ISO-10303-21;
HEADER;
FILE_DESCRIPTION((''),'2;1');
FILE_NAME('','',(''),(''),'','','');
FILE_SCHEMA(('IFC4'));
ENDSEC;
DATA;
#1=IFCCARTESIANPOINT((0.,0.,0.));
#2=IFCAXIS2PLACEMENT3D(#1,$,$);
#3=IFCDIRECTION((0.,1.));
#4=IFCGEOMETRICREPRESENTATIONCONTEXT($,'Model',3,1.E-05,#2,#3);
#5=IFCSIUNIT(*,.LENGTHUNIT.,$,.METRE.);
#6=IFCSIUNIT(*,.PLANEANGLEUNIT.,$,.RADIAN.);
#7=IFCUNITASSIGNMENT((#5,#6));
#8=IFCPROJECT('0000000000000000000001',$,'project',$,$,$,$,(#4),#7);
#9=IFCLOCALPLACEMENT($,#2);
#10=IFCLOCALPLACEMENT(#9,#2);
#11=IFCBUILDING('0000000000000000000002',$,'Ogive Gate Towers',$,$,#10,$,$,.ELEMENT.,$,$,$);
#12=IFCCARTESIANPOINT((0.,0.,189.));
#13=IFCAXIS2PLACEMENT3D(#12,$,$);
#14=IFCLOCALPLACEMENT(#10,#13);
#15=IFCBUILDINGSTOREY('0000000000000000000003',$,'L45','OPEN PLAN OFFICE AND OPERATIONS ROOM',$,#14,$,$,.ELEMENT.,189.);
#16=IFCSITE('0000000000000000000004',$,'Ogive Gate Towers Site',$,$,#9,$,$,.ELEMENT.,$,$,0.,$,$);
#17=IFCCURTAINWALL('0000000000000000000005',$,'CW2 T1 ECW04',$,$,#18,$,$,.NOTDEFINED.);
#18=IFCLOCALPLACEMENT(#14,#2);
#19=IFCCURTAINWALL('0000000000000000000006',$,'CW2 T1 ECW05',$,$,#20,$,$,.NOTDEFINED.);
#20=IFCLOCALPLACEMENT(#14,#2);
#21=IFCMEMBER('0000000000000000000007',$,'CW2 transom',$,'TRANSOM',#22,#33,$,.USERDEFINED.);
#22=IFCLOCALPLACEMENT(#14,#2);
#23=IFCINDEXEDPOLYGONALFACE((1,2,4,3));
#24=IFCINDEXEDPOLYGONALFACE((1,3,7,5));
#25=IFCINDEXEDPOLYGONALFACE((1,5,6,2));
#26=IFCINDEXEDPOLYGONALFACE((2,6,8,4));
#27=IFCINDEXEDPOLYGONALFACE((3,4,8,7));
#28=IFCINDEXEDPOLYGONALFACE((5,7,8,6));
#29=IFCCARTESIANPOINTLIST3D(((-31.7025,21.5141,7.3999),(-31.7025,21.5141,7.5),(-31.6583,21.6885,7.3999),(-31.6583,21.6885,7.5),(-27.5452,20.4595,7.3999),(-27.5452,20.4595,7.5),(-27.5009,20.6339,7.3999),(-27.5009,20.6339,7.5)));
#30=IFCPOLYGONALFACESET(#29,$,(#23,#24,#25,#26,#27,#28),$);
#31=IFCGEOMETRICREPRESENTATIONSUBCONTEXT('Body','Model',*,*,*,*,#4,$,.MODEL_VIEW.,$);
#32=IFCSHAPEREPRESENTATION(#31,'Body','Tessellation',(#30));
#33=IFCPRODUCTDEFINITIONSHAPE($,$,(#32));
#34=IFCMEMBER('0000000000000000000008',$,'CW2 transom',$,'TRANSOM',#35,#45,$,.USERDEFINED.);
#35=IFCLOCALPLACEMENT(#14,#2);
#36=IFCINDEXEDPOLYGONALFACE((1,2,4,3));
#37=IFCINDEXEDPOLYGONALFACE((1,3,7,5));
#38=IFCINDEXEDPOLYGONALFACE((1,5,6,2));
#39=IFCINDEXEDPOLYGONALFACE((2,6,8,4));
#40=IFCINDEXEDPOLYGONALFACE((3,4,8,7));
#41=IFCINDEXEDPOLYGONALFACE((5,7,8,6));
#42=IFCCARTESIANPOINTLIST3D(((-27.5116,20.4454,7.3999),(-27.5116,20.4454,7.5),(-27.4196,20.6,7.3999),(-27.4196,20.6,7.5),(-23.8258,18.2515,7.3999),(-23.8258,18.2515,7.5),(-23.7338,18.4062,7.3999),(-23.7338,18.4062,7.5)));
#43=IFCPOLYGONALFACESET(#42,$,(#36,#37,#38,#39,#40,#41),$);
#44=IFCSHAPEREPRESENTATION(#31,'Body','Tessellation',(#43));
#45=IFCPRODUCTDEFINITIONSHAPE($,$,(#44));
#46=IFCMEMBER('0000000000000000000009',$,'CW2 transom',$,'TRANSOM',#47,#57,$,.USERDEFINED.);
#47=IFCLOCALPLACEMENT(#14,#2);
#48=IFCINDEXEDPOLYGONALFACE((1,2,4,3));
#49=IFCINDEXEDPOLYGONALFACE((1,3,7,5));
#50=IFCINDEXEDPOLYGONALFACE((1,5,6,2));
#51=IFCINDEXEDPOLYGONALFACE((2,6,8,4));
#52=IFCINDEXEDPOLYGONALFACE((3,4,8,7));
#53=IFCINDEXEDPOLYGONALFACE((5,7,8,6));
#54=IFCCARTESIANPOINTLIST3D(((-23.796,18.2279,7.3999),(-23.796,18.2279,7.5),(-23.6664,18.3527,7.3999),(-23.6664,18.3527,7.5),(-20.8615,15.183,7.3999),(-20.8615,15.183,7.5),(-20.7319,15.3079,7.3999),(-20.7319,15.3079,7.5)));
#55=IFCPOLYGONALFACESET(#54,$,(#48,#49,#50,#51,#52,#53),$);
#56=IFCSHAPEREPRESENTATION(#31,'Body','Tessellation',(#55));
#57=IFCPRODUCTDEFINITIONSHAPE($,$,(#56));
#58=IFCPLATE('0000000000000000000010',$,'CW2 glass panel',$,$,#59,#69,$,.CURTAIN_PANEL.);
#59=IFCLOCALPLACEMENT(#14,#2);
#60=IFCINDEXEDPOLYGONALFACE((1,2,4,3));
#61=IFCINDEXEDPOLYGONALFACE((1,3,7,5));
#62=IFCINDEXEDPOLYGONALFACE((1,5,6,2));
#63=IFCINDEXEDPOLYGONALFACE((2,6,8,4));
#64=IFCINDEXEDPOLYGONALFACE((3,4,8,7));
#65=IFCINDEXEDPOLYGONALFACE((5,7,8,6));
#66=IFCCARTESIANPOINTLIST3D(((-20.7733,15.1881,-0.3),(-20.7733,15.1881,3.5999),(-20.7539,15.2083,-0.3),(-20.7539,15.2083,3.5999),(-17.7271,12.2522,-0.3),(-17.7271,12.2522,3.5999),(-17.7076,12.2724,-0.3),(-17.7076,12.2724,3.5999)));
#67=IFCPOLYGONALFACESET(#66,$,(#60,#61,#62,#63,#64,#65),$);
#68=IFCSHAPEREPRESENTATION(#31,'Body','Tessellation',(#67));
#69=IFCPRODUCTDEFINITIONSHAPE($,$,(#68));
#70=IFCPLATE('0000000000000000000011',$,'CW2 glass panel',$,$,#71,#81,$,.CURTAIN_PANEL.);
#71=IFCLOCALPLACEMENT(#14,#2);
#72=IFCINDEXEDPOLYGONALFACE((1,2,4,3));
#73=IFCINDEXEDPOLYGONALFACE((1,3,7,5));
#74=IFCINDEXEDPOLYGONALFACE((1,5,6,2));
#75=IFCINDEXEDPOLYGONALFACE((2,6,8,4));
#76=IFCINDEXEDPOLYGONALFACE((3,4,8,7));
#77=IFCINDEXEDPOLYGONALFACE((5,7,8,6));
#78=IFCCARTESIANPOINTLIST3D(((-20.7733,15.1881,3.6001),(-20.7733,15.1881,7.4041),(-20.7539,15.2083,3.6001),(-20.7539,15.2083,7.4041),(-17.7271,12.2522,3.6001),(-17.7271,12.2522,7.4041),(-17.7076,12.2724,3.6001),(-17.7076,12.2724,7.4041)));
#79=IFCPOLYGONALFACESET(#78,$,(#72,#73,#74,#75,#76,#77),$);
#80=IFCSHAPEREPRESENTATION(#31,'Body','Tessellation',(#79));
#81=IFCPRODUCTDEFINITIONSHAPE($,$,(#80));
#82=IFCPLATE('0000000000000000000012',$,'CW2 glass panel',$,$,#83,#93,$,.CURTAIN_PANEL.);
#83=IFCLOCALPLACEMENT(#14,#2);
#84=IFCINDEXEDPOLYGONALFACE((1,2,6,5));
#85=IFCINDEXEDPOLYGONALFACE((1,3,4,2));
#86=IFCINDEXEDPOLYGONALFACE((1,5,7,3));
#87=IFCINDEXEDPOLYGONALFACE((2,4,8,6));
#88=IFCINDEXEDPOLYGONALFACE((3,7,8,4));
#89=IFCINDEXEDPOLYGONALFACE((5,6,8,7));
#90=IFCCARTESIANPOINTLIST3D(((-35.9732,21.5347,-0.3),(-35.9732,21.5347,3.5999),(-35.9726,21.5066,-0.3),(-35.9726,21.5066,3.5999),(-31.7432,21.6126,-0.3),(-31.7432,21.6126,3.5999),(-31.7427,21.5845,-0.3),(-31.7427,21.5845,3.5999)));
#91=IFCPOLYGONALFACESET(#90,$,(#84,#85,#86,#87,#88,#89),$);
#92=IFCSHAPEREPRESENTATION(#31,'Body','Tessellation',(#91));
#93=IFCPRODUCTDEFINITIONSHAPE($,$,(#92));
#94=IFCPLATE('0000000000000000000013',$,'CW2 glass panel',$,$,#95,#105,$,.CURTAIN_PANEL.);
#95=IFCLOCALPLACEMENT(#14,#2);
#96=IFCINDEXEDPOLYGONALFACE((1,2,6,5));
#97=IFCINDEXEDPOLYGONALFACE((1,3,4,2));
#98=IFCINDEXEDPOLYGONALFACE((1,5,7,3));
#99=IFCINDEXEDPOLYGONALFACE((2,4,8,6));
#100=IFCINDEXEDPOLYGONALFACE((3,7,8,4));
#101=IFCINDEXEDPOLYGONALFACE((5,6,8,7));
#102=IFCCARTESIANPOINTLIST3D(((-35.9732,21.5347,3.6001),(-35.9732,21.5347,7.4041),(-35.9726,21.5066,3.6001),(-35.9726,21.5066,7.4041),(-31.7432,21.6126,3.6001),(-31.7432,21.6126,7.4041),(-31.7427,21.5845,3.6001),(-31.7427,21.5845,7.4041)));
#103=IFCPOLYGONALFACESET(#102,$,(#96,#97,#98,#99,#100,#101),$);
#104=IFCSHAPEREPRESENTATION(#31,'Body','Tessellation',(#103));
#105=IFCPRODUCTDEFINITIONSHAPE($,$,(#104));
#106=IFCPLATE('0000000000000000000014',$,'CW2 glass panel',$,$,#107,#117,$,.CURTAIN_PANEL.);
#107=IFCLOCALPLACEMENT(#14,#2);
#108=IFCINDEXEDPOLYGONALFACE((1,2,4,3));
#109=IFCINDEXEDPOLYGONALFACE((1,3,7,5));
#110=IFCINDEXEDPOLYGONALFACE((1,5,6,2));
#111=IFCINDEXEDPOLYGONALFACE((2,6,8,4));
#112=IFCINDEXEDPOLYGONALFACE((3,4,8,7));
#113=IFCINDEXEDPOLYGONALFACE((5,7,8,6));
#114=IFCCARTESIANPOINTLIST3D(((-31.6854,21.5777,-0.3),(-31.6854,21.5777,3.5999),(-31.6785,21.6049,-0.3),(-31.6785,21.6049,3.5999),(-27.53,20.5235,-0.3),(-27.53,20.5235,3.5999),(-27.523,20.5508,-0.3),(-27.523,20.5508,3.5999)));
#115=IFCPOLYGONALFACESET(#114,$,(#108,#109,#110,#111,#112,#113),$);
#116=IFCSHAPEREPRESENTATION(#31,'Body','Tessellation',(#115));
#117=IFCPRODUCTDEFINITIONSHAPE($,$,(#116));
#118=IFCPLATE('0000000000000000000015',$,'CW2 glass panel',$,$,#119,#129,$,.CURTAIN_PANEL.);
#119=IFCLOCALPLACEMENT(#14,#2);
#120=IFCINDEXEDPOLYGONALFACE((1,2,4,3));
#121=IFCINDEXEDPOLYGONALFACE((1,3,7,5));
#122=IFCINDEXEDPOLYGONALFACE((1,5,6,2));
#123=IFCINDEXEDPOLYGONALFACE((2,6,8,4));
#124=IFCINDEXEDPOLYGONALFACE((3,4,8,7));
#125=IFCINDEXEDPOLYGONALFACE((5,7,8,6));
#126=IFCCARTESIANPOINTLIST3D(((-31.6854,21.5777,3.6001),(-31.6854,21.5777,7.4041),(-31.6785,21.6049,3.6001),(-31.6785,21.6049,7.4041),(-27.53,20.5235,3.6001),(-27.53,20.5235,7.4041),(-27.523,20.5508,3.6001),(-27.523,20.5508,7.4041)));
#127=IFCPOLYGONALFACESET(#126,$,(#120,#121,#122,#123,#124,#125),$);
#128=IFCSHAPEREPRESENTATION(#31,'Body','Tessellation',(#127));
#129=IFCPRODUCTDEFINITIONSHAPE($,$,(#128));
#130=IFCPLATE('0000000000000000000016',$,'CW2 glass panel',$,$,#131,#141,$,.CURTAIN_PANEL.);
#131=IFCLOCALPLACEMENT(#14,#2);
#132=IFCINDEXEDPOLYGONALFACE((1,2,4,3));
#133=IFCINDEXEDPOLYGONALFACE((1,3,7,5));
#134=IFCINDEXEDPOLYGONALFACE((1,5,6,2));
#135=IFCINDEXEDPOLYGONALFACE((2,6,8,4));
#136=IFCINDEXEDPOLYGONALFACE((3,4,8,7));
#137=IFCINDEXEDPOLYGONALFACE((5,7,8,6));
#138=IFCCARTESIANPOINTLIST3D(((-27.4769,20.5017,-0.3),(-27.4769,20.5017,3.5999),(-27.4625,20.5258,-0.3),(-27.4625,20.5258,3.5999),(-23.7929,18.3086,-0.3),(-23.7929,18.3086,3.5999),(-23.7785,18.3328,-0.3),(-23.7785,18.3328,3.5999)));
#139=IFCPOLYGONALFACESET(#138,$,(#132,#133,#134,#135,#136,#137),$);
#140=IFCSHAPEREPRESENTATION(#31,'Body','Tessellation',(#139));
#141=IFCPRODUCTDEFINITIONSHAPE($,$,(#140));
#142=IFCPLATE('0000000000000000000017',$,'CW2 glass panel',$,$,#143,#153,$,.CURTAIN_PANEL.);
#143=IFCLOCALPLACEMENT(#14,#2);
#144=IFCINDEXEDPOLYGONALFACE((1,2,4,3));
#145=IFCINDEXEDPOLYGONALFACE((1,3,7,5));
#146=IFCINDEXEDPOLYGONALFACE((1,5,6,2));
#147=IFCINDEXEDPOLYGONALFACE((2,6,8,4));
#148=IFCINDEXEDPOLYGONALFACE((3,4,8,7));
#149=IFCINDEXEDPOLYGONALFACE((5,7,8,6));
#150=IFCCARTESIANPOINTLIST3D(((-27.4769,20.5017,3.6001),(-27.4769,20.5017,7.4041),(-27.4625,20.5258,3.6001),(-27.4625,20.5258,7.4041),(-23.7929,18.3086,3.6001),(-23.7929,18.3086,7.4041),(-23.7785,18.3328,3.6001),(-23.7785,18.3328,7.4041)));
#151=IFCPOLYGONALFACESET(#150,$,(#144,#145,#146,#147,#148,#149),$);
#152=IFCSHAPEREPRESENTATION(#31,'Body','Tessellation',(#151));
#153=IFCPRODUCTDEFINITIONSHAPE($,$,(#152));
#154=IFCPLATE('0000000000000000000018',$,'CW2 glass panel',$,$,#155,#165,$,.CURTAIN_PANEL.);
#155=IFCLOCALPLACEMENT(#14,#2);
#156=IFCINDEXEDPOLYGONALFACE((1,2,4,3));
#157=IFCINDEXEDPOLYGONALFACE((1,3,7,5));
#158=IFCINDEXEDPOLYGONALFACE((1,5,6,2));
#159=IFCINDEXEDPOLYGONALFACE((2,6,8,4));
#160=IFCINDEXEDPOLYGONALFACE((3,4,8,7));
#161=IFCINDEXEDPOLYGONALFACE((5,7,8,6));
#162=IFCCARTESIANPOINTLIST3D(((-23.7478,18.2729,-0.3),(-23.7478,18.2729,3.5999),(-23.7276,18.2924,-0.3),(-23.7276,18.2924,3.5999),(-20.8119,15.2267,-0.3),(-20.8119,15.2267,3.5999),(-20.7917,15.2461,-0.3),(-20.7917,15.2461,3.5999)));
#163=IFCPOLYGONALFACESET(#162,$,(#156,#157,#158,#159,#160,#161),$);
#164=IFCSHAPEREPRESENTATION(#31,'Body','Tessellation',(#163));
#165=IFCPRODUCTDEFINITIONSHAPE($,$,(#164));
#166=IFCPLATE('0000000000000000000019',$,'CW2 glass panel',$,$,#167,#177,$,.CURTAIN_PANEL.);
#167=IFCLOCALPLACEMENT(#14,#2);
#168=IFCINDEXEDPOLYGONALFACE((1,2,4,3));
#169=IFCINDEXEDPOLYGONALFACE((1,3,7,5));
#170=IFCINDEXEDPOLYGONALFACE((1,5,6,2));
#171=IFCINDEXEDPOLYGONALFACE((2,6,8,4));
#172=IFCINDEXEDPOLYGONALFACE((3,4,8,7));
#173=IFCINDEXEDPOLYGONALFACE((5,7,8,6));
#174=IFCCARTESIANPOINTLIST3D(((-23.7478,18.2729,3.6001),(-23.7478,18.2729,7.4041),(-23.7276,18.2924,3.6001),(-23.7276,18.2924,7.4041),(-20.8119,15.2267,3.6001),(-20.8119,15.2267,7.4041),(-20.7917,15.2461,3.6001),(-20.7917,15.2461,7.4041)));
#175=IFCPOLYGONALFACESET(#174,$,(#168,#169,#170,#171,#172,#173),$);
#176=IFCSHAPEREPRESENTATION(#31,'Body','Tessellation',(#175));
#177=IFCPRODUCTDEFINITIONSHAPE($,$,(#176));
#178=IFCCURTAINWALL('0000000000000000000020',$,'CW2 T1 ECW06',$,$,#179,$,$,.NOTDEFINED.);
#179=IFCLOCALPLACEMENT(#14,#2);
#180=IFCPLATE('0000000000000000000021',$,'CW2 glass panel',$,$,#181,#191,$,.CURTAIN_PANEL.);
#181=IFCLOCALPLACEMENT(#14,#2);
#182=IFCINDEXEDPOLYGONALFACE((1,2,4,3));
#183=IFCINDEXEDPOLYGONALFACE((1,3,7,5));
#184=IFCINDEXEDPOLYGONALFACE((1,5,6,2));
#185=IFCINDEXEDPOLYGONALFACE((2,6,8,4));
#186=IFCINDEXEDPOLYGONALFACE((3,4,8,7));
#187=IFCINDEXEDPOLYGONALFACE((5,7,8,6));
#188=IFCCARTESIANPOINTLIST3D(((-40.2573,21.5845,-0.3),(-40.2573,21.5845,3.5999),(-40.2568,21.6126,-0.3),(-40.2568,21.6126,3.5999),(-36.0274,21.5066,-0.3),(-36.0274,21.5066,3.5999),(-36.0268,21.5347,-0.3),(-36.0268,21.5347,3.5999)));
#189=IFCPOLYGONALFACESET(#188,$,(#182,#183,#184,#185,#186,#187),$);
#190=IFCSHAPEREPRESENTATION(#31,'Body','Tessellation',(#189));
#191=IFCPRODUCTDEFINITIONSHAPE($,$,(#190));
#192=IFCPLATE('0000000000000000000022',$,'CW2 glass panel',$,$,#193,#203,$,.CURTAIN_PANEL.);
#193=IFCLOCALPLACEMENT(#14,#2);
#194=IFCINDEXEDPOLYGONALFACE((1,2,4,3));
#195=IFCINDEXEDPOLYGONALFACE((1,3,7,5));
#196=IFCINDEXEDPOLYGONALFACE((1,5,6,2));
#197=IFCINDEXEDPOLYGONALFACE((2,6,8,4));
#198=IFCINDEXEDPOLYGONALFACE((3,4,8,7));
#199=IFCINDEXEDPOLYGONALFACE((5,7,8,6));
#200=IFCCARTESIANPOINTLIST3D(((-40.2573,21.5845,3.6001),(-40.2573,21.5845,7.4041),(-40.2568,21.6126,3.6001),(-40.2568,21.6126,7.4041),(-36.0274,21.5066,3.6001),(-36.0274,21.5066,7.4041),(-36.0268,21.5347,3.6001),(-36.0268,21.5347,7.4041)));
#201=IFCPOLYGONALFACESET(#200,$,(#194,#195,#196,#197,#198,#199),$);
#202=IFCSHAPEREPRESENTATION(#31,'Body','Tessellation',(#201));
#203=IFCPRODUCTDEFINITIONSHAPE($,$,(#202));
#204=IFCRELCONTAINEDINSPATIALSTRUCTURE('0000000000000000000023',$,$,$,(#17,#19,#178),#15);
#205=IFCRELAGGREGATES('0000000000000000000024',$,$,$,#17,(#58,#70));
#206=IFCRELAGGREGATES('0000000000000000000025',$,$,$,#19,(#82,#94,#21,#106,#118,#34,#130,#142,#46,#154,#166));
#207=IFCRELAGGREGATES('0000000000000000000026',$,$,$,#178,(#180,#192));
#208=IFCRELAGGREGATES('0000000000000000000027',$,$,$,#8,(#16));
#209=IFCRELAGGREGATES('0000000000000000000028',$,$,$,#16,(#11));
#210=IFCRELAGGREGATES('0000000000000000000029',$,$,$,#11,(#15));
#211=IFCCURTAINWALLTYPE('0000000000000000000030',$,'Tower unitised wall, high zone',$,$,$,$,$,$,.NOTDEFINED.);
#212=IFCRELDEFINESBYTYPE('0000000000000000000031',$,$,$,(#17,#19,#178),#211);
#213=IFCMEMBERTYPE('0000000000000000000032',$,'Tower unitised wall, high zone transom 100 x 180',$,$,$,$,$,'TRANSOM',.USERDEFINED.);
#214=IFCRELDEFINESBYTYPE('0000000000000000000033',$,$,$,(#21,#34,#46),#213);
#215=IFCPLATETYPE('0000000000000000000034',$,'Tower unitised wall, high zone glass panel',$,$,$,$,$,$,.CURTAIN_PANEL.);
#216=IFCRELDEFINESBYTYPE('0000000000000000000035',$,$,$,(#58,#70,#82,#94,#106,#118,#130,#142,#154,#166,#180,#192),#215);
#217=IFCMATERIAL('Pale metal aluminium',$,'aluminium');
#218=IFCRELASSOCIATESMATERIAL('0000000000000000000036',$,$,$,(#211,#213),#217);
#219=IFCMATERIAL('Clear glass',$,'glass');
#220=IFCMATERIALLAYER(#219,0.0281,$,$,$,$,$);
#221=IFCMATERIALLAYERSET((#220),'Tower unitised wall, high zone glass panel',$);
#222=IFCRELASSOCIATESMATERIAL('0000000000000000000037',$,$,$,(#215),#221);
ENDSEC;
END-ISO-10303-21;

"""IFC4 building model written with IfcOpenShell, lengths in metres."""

from ifc_helpers import new_model, si_unit, direction, frame, origin, origin_2d, place, context, subcontext, project, spatial, rectangle, extrude, material, layer, layer_set, material_profile, profile_set, type_object, element, aggregate, save


model = new_model("IFC4")

# Units and contexts
model_context = context("Model", 3, precision=1e-05, world=origin(), true_north=direction((0.0, 1.0)))
body_context = subcontext(model_context, "Body", "Model", "MODEL_VIEW")
ifc_project = project(units=[si_unit("LENGTHUNIT", "METRE"), si_unit("PLANEANGLEUNIT", "RADIAN")], contexts=[model_context])

# Site, building, storey
site_placement = place(None, origin())
site = spatial("IfcSite", under=ifc_project, at=site_placement, Name="Ogive Gate Towers Site", CompositionType="ELEMENT", RefElevation=0.0)
building_placement = place(site_placement, origin())
building = spatial("IfcBuilding", under=site, at=building_placement, Name="Ogive Gate Towers", CompositionType="ELEMENT")
storey_placement = place(building_placement, frame((0.0, 0.0, 189.0)))
storey = spatial("IfcBuildingStorey", under=building, at=storey_placement, Name="L45", Description="OPEN PLAN OFFICE AND OPERATIONS ROOM", CompositionType="ELEMENT", Elevation=189.0)

# Curtain walls
ifc_material_1 = material(Name="Pale metal aluminium", Category="aluminium")
curtain_wall_type = type_object("IfcCurtainWallType", Name="Tower unitised wall, high zone", PredefinedType="NOTDEFINED", material=ifc_material_1)
curtain_wall_1_placement = place(storey_placement, origin())
curtain_wall_1 = element("IfcCurtainWall", 1, at=curtain_wall_1_placement, inside=storey, type_object=curtain_wall_type, Name="CW2 T1 ECW04", PredefinedType="NOTDEFINED")
curtain_wall_2_placement = place(storey_placement, origin())
curtain_wall_2 = element("IfcCurtainWall", 2, at=curtain_wall_2_placement, inside=storey, type_object=curtain_wall_type, Name="CW2 T1 ECW05", PredefinedType="NOTDEFINED")

# Members
ifc_material_profile_1 = material_profile(ifc_material_1, rectangle(XDim=0.1799, YDim=0.1001, at=origin_2d()), Name="100 x 180 aluminium box")
ifc_profile_set_1 = profile_set([ifc_material_profile_1], Name="Pale metal aluminium")
member_type_1 = type_object("IfcMemberType", Name="Tower unitised wall, high zone transom 100 x 180", ElementType="TRANSOM", PredefinedType="USERDEFINED", material=ifc_profile_set_1)
member_1_placement = place(storey_placement, frame((-31.6804, 21.6013, 7.45), z_axis=(0.969296, -0.245896, 0.0), x_axis=(0.245896, 0.969296, 0.0)))
member_1 = element("IfcMember", 3, at=member_1_placement, type_object=member_type_1, Name="CW2 transom", ObjectType="TRANSOM", PredefinedType="USERDEFINED", context=body_context, shape_type="SweptSolid", body=[
    extrude(rectangle(XDim=0.1799, YDim=0.1001, at=origin_2d()), origin(), (0.0, 0.0, 1.0), 4.2891),
])
member_2_placement = place(storey_placement, frame((-27.4656, 20.5227, 7.45), z_axis=(0.859301, -0.511471, 0.0), x_axis=(0.511471, 0.859301, 0.0)))
member_2 = element("IfcMember", 4, at=member_2_placement, type_object=member_type_1, Name="CW2 transom", ObjectType="TRANSOM", PredefinedType="USERDEFINED", context=body_context, shape_type="SweptSolid", body=[
    extrude(rectangle(XDim=0.1799, YDim=0.1001, at=origin_2d()), origin(), (0.0, 0.0, 1.0), 4.2893),
])
member_3_placement = place(storey_placement, frame((-23.7312, 18.2903, 7.45), z_axis=(0.693939, -0.720034, 0.0), x_axis=(0.720034, 0.693939, 0.0)))
member_3 = element("IfcMember", 5, at=member_3_placement, type_object=member_type_1, Name="CW2 transom", ObjectType="TRANSOM", PredefinedType="USERDEFINED", context=body_context, shape_type="SweptSolid", body=[
    extrude(rectangle(XDim=0.1799, YDim=0.1001, at=origin_2d()), origin(), (0.0, 0.0, 1.0), 4.2288),
])

# Plates
ifc_material_2 = material(Name="Clear glass", Category="glass")
ifc_layer_1 = layer(ifc_material_2, 0.0281)
ifc_layer_set_1 = layer_set([ifc_layer_1], Name="Tower unitised wall, high zone glass panel")
plate_type = type_object("IfcPlateType", Name="Tower unitised wall, high zone glass panel", PredefinedType="CURTAIN_PANEL", material=ifc_layer_set_1)
plate_1_placement = place(storey_placement, frame((-19.2405, 13.7302, -0.3), z_axis=(0.0, 0.0, 1.0), x_axis=(0.720031, -0.693942, 0.0)))
plate_1 = element("IfcPlate", 6, at=plate_1_placement, type_object=plate_type, Name="CW2 glass panel", PredefinedType="CURTAIN_PANEL", context=body_context, shape_type="SweptSolid", body=[
    extrude(rectangle(XDim=4.2307, YDim=0.0281, at=origin_2d()), origin(), (0.0, 0.0, 1.0), 3.8999),
])
plate_2_placement = place(storey_placement, frame((-19.2405, 13.7302, 3.6001), z_axis=(0.0, 0.0, 1.0), x_axis=(0.720031, -0.693942, 0.0)))
plate_2 = element("IfcPlate", 7, at=plate_2_placement, type_object=plate_type, Name="CW2 glass panel", PredefinedType="CURTAIN_PANEL", context=body_context, shape_type="SweptSolid", body=[
    extrude(rectangle(XDim=4.2307, YDim=0.0281, at=origin_2d()), origin(), (0.0, 0.0, 1.0), 3.804),
])
aggregate(curtain_wall_1, [plate_1, plate_2])
plate_3_placement = place(storey_placement, frame((-33.8579, 21.5596, -0.3), z_axis=(0.0, 0.0, 1.0), x_axis=(0.99983, 0.018412, 0.0)))
plate_3 = element("IfcPlate", 8, at=plate_3_placement, type_object=plate_type, Name="CW2 glass panel", PredefinedType="CURTAIN_PANEL", context=body_context, shape_type="SweptSolid", body=[
    extrude(rectangle(XDim=4.2307, YDim=0.0281, at=origin_2d()), origin(), (0.0, 0.0, 1.0), 3.8999),
])
plate_4_placement = place(storey_placement, frame((-33.8579, 21.5596, 3.6001), z_axis=(0.0, 0.0, 1.0), x_axis=(0.99983, 0.018412, 0.0)))
plate_4 = element("IfcPlate", 9, at=plate_4_placement, type_object=plate_type, Name="CW2 glass panel", PredefinedType="CURTAIN_PANEL", context=body_context, shape_type="SweptSolid", body=[
    extrude(rectangle(XDim=4.2307, YDim=0.0281, at=origin_2d()), origin(), (0.0, 0.0, 1.0), 3.804),
])
plate_5_placement = place(storey_placement, frame((-29.6042, 21.0642, -0.3), z_axis=(0.0, 0.0, 1.0), x_axis=(0.9693, -0.245883, 0.0)))
plate_5 = element("IfcPlate", 10, at=plate_5_placement, type_object=plate_type, Name="CW2 glass panel", PredefinedType="CURTAIN_PANEL", context=body_context, shape_type="SweptSolid", body=[
    extrude(rectangle(XDim=4.2871, YDim=0.0281, at=origin_2d()), origin(), (0.0, 0.0, 1.0), 3.8999),
])
plate_6_placement = place(storey_placement, frame((-29.6042, 21.0642, 3.6001), z_axis=(0.0, 0.0, 1.0), x_axis=(0.9693, -0.245883, 0.0)))
plate_6 = element("IfcPlate", 11, at=plate_6_placement, type_object=plate_type, Name="CW2 glass panel", PredefinedType="CURTAIN_PANEL", context=body_context, shape_type="SweptSolid", body=[
    extrude(rectangle(XDim=4.2871, YDim=0.0281, at=origin_2d()), origin(), (0.0, 0.0, 1.0), 3.804),
])
plate_7_placement = place(storey_placement, frame((-25.6277, 19.4172, -0.3), z_axis=(0.0, 0.0, 1.0), x_axis=(0.859273, -0.511518, 0.0)))
plate_7 = element("IfcPlate", 12, at=plate_7_placement, type_object=plate_type, Name="CW2 glass panel", PredefinedType="CURTAIN_PANEL", context=body_context, shape_type="SweptSolid", body=[
    extrude(rectangle(XDim=4.2874, YDim=0.0281, at=origin_2d()), origin(), (0.0, 0.0, 1.0), 3.8999),
])
plate_8_placement = place(storey_placement, frame((-25.6277, 19.4172, 3.6001), z_axis=(0.0, 0.0, 1.0), x_axis=(0.859273, -0.511518, 0.0)))
plate_8 = element("IfcPlate", 13, at=plate_8_placement, type_object=plate_type, Name="CW2 glass panel", PredefinedType="CURTAIN_PANEL", context=body_context, shape_type="SweptSolid", body=[
    extrude(rectangle(XDim=4.2874, YDim=0.0281, at=origin_2d()), origin(), (0.0, 0.0, 1.0), 3.804),
])
plate_9_placement = place(storey_placement, frame((-22.2698, 16.7595, -0.3), z_axis=(0.0, 0.0, 1.0), x_axis=(0.693942, -0.720031, 0.0)))
plate_9 = element("IfcPlate", 14, at=plate_9_placement, type_object=plate_type, Name="CW2 glass panel", PredefinedType="CURTAIN_PANEL", context=body_context, shape_type="SweptSolid", body=[
    extrude(rectangle(XDim=4.2307, YDim=0.0281, at=origin_2d()), origin(), (0.0, 0.0, 1.0), 3.8999),
])
plate_10_placement = place(storey_placement, frame((-22.2698, 16.7595, 3.6001), z_axis=(0.0, 0.0, 1.0), x_axis=(0.693942, -0.720031, 0.0)))
plate_10 = element("IfcPlate", 15, at=plate_10_placement, type_object=plate_type, Name="CW2 glass panel", PredefinedType="CURTAIN_PANEL", context=body_context, shape_type="SweptSolid", body=[
    extrude(rectangle(XDim=4.2307, YDim=0.0281, at=origin_2d()), origin(), (0.0, 0.0, 1.0), 3.804),
])
aggregate(curtain_wall_2, [plate_3, plate_4, member_1, plate_5, plate_6, member_2, plate_7, plate_8, member_3, plate_9, plate_10])

# Curtain wall, plates
curtain_wall_3_placement = place(storey_placement, origin())
curtain_wall_3 = element("IfcCurtainWall", 16, at=curtain_wall_3_placement, inside=storey, type_object=curtain_wall_type, Name="CW2 T1 ECW06", PredefinedType="NOTDEFINED")
plate_11_placement = place(storey_placement, frame((-38.1421, 21.5596, -0.3), z_axis=(0.0, 0.0, 1.0), x_axis=(0.99983, -0.018412, 0.0)))
plate_11 = element("IfcPlate", 17, at=plate_11_placement, type_object=plate_type, Name="CW2 glass panel", PredefinedType="CURTAIN_PANEL", context=body_context, shape_type="SweptSolid", body=[
    extrude(rectangle(XDim=4.2307, YDim=0.0281, at=origin_2d()), origin(), (0.0, 0.0, 1.0), 3.8999),
])
plate_12_placement = place(storey_placement, frame((-38.1421, 21.5596, 3.6001), z_axis=(0.0, 0.0, 1.0), x_axis=(0.99983, -0.018412, 0.0)))
plate_12 = element("IfcPlate", 18, at=plate_12_placement, type_object=plate_type, Name="CW2 glass panel", PredefinedType="CURTAIN_PANEL", context=body_context, shape_type="SweptSolid", body=[
    extrude(rectangle(XDim=4.2307, YDim=0.0281, at=origin_2d()), origin(), (0.0, 0.0, 1.0), 3.804),
])
aggregate(curtain_wall_3, [plate_11, plate_12])

save(model, "model.ifc")
